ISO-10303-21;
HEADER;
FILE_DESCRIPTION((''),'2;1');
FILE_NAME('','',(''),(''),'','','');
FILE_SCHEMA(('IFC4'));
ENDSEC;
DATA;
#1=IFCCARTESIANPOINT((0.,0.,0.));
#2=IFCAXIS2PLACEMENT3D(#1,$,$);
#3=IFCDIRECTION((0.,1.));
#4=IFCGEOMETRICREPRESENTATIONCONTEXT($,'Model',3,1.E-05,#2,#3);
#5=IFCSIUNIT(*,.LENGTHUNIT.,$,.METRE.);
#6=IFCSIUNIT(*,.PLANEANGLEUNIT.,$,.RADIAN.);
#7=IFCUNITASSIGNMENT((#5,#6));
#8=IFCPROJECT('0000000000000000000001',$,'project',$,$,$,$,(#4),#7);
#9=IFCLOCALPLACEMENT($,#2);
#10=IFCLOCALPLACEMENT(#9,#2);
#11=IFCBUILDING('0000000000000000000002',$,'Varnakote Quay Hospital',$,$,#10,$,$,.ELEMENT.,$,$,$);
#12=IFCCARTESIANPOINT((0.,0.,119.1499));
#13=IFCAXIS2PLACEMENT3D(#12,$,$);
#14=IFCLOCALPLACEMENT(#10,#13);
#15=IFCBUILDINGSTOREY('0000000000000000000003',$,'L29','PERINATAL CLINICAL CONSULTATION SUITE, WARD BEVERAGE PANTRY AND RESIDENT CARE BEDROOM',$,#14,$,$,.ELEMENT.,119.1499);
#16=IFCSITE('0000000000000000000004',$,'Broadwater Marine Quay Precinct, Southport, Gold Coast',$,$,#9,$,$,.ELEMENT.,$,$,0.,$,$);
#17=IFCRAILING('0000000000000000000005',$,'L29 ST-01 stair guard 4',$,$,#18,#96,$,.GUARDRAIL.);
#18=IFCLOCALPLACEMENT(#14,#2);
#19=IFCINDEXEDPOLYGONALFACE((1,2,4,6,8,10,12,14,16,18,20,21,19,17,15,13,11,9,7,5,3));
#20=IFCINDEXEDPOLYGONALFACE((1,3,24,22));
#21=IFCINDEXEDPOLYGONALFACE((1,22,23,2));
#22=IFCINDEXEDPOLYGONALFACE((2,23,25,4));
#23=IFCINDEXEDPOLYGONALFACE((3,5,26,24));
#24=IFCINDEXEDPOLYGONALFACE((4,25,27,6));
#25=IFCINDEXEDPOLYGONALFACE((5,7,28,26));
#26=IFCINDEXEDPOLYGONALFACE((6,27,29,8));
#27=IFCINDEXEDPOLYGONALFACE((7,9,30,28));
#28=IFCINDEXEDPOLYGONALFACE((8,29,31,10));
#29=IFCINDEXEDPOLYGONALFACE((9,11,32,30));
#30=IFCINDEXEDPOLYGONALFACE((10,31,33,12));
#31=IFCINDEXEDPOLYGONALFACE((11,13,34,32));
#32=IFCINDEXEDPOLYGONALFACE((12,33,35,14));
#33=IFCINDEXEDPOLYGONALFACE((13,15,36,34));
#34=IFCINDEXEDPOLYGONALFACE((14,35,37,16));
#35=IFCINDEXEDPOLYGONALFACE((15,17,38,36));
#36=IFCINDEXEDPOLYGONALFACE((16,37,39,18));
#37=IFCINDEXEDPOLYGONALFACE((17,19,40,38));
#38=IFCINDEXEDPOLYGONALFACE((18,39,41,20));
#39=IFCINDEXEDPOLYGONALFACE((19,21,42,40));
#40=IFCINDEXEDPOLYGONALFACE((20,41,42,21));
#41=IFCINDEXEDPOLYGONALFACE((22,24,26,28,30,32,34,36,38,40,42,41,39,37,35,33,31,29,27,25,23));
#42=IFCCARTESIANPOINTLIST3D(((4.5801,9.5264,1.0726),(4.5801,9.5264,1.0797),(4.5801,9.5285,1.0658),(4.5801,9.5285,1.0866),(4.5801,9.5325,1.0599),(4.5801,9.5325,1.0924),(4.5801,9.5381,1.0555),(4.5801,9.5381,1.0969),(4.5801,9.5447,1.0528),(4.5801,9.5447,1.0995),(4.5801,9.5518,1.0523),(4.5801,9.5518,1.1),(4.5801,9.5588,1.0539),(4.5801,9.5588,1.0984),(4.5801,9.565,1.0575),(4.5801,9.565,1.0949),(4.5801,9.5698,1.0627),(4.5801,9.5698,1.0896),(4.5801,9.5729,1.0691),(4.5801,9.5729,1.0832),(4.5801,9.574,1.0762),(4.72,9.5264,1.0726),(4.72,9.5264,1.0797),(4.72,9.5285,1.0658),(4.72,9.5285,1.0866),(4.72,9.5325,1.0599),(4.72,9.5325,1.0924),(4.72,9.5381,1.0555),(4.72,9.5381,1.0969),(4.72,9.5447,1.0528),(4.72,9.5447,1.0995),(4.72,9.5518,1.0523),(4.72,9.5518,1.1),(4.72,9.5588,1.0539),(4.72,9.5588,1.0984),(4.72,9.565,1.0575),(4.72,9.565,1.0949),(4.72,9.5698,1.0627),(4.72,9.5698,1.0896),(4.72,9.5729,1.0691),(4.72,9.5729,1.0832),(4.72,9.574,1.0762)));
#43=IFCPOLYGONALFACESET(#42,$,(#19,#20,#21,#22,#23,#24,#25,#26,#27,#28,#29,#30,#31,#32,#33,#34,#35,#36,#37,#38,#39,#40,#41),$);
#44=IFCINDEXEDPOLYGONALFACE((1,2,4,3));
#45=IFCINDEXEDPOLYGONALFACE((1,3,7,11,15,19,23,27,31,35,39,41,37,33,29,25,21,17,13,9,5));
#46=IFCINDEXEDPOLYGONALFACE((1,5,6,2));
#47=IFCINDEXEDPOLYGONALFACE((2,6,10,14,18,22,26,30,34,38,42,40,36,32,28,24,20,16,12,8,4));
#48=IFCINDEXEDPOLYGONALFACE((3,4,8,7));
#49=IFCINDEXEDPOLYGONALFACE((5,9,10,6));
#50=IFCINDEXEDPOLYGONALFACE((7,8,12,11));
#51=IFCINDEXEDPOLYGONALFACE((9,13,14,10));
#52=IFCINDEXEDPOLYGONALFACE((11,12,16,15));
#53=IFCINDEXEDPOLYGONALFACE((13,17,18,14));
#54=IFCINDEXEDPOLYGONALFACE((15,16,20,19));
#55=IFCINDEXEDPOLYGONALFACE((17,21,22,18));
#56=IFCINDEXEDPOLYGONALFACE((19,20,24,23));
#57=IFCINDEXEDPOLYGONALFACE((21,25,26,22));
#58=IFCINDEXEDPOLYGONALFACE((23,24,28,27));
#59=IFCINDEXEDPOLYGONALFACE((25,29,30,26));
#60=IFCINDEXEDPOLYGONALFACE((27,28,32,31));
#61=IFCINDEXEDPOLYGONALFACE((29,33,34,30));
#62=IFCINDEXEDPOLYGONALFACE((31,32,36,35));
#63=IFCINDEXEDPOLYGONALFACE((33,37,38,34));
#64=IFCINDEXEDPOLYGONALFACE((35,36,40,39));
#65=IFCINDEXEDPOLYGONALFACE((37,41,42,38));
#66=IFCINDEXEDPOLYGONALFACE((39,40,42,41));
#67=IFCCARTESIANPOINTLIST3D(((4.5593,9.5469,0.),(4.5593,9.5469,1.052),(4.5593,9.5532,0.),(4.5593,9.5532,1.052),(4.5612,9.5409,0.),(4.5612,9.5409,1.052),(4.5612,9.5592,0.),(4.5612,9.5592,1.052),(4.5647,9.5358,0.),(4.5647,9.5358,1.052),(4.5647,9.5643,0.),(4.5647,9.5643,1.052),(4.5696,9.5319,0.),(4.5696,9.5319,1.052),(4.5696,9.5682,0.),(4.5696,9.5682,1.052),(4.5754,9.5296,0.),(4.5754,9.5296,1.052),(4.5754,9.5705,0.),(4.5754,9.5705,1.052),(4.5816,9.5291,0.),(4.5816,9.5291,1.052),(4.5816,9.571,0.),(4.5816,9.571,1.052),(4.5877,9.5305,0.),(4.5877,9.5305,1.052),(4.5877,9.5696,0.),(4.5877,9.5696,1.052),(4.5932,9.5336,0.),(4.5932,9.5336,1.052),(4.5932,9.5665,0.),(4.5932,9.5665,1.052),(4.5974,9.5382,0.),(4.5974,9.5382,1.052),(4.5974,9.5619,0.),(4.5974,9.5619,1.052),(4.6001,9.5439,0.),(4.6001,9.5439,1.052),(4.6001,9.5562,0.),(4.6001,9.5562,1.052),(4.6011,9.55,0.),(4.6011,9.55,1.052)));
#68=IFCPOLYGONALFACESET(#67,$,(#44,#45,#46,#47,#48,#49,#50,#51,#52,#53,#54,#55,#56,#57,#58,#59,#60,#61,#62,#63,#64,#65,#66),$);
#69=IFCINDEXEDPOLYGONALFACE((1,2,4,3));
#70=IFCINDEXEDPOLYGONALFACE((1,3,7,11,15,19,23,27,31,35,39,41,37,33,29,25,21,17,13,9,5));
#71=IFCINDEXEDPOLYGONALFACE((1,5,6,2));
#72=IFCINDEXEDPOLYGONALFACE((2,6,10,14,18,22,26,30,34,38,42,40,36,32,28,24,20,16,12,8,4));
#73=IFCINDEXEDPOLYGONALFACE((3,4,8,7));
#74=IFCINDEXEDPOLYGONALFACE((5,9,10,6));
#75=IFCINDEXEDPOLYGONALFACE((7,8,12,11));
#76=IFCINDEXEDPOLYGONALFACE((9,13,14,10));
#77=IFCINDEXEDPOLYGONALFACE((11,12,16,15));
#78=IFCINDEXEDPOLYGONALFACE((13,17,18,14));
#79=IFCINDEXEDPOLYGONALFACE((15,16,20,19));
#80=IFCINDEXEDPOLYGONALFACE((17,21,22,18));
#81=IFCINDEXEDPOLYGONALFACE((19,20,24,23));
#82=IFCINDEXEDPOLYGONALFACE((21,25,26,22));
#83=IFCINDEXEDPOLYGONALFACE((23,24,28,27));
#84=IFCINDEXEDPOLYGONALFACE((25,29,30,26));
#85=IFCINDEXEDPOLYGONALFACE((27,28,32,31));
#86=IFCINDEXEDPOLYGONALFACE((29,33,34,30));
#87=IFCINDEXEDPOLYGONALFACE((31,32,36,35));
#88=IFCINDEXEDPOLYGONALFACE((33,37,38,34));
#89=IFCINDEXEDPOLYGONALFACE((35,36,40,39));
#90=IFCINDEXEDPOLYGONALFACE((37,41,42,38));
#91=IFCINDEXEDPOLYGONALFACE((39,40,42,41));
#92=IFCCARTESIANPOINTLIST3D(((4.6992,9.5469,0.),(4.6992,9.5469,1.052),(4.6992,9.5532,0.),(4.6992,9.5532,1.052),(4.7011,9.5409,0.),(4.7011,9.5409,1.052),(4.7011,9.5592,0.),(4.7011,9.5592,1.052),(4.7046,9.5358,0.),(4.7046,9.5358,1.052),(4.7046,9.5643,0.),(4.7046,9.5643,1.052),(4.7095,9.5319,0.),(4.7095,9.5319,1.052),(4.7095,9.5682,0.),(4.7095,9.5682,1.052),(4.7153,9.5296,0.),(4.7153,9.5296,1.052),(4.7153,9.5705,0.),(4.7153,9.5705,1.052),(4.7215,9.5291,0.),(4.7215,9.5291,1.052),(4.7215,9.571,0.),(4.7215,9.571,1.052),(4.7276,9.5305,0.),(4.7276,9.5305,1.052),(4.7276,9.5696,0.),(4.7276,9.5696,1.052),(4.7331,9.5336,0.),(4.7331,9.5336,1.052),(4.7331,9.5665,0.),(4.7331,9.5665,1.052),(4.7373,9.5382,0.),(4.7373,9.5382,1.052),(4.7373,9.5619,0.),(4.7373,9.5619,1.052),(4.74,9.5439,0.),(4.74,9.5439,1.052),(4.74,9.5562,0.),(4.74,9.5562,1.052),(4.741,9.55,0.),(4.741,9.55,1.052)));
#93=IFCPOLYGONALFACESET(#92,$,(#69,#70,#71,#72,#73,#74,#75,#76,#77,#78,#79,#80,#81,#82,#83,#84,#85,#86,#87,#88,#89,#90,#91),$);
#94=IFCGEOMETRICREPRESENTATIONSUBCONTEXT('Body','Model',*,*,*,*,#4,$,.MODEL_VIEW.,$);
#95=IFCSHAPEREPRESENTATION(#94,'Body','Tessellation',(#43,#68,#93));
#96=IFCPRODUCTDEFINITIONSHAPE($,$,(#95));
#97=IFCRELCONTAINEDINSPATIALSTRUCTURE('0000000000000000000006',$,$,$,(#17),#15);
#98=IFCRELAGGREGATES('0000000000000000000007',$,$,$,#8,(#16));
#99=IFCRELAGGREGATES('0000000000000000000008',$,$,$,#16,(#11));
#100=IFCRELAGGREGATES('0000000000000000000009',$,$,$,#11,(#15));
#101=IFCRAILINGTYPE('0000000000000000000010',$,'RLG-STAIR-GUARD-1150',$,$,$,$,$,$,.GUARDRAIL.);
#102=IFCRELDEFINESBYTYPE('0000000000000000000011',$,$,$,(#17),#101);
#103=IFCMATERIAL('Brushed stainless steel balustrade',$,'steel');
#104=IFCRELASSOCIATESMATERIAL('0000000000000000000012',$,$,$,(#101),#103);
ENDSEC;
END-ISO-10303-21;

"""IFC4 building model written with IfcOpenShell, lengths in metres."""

from ifc_helpers import new_model, si_unit, direction, frame, origin, origin_2d, place, context, subcontext, project, spatial, circle, extrude, material, type_object, element, save


model = new_model("IFC4")

# Units and contexts
model_context = context("Model", 3, precision=1e-05, world=origin(), true_north=direction((0.0, 1.0)))
body_context = subcontext(model_context, "Body", "Model", "MODEL_VIEW")
ifc_project = project(units=[si_unit("LENGTHUNIT", "METRE"), si_unit("PLANEANGLEUNIT", "RADIAN")], contexts=[model_context])

# Site, building, storey
site_placement = place(None, origin())
site = spatial("IfcSite", under=ifc_project, at=site_placement, Name="Broadwater Marine Quay Precinct, Southport, Gold Coast", CompositionType="ELEMENT", RefElevation=0.0)
building_placement = place(site_placement, origin())
building = spatial("IfcBuilding", under=site, at=building_placement, Name="Varnakote Quay Hospital", CompositionType="ELEMENT")
storey_placement = place(building_placement, frame((0.0, 0.0, 119.1499)))
storey = spatial("IfcBuildingStorey", under=building, at=storey_placement, Name="L29", Description="PERINATAL CLINICAL CONSULTATION SUITE, WARD BEVERAGE PANTRY AND RESIDENT CARE BEDROOM", CompositionType="ELEMENT", Elevation=119.1499)

# Railing
ifc_material_1 = material(Name="Brushed stainless steel balustrade", Category="steel")
railing_type_1 = type_object("IfcRailingType", Name="RLG-STAIR-GUARD-1150", PredefinedType="GUARDRAIL", material=ifc_material_1)
railing_1_placement = place(storey_placement, frame((4.5801, 9.55, 0.0)))
element("IfcRailing", 1, at=railing_1_placement, inside=storey, type_object=railing_type_1, Name="L29 ST-01 stair guard 4", PredefinedType="GUARDRAIL", context=body_context, shape_type="SweptSolid", body=[
    extrude(circle(Radius=0.0239, at=origin_2d()), frame((0.0, 0.0, 1.0762), z_axis=(1.0, 0.0, 0.0), x_axis=(0.0, 1.0, 0.0)), (0.0, 0.0, 1.0), 0.1399),
    extrude(circle(Radius=0.021, at=origin_2d()), origin(), (0.0, 0.0, 1.0), 1.052),
    extrude(circle(Radius=0.021, at=origin_2d()), frame((0.1399, 0.0, 0.0)), (0.0, 0.0, 1.0), 1.052),
])

save(model, "model.ifc")
